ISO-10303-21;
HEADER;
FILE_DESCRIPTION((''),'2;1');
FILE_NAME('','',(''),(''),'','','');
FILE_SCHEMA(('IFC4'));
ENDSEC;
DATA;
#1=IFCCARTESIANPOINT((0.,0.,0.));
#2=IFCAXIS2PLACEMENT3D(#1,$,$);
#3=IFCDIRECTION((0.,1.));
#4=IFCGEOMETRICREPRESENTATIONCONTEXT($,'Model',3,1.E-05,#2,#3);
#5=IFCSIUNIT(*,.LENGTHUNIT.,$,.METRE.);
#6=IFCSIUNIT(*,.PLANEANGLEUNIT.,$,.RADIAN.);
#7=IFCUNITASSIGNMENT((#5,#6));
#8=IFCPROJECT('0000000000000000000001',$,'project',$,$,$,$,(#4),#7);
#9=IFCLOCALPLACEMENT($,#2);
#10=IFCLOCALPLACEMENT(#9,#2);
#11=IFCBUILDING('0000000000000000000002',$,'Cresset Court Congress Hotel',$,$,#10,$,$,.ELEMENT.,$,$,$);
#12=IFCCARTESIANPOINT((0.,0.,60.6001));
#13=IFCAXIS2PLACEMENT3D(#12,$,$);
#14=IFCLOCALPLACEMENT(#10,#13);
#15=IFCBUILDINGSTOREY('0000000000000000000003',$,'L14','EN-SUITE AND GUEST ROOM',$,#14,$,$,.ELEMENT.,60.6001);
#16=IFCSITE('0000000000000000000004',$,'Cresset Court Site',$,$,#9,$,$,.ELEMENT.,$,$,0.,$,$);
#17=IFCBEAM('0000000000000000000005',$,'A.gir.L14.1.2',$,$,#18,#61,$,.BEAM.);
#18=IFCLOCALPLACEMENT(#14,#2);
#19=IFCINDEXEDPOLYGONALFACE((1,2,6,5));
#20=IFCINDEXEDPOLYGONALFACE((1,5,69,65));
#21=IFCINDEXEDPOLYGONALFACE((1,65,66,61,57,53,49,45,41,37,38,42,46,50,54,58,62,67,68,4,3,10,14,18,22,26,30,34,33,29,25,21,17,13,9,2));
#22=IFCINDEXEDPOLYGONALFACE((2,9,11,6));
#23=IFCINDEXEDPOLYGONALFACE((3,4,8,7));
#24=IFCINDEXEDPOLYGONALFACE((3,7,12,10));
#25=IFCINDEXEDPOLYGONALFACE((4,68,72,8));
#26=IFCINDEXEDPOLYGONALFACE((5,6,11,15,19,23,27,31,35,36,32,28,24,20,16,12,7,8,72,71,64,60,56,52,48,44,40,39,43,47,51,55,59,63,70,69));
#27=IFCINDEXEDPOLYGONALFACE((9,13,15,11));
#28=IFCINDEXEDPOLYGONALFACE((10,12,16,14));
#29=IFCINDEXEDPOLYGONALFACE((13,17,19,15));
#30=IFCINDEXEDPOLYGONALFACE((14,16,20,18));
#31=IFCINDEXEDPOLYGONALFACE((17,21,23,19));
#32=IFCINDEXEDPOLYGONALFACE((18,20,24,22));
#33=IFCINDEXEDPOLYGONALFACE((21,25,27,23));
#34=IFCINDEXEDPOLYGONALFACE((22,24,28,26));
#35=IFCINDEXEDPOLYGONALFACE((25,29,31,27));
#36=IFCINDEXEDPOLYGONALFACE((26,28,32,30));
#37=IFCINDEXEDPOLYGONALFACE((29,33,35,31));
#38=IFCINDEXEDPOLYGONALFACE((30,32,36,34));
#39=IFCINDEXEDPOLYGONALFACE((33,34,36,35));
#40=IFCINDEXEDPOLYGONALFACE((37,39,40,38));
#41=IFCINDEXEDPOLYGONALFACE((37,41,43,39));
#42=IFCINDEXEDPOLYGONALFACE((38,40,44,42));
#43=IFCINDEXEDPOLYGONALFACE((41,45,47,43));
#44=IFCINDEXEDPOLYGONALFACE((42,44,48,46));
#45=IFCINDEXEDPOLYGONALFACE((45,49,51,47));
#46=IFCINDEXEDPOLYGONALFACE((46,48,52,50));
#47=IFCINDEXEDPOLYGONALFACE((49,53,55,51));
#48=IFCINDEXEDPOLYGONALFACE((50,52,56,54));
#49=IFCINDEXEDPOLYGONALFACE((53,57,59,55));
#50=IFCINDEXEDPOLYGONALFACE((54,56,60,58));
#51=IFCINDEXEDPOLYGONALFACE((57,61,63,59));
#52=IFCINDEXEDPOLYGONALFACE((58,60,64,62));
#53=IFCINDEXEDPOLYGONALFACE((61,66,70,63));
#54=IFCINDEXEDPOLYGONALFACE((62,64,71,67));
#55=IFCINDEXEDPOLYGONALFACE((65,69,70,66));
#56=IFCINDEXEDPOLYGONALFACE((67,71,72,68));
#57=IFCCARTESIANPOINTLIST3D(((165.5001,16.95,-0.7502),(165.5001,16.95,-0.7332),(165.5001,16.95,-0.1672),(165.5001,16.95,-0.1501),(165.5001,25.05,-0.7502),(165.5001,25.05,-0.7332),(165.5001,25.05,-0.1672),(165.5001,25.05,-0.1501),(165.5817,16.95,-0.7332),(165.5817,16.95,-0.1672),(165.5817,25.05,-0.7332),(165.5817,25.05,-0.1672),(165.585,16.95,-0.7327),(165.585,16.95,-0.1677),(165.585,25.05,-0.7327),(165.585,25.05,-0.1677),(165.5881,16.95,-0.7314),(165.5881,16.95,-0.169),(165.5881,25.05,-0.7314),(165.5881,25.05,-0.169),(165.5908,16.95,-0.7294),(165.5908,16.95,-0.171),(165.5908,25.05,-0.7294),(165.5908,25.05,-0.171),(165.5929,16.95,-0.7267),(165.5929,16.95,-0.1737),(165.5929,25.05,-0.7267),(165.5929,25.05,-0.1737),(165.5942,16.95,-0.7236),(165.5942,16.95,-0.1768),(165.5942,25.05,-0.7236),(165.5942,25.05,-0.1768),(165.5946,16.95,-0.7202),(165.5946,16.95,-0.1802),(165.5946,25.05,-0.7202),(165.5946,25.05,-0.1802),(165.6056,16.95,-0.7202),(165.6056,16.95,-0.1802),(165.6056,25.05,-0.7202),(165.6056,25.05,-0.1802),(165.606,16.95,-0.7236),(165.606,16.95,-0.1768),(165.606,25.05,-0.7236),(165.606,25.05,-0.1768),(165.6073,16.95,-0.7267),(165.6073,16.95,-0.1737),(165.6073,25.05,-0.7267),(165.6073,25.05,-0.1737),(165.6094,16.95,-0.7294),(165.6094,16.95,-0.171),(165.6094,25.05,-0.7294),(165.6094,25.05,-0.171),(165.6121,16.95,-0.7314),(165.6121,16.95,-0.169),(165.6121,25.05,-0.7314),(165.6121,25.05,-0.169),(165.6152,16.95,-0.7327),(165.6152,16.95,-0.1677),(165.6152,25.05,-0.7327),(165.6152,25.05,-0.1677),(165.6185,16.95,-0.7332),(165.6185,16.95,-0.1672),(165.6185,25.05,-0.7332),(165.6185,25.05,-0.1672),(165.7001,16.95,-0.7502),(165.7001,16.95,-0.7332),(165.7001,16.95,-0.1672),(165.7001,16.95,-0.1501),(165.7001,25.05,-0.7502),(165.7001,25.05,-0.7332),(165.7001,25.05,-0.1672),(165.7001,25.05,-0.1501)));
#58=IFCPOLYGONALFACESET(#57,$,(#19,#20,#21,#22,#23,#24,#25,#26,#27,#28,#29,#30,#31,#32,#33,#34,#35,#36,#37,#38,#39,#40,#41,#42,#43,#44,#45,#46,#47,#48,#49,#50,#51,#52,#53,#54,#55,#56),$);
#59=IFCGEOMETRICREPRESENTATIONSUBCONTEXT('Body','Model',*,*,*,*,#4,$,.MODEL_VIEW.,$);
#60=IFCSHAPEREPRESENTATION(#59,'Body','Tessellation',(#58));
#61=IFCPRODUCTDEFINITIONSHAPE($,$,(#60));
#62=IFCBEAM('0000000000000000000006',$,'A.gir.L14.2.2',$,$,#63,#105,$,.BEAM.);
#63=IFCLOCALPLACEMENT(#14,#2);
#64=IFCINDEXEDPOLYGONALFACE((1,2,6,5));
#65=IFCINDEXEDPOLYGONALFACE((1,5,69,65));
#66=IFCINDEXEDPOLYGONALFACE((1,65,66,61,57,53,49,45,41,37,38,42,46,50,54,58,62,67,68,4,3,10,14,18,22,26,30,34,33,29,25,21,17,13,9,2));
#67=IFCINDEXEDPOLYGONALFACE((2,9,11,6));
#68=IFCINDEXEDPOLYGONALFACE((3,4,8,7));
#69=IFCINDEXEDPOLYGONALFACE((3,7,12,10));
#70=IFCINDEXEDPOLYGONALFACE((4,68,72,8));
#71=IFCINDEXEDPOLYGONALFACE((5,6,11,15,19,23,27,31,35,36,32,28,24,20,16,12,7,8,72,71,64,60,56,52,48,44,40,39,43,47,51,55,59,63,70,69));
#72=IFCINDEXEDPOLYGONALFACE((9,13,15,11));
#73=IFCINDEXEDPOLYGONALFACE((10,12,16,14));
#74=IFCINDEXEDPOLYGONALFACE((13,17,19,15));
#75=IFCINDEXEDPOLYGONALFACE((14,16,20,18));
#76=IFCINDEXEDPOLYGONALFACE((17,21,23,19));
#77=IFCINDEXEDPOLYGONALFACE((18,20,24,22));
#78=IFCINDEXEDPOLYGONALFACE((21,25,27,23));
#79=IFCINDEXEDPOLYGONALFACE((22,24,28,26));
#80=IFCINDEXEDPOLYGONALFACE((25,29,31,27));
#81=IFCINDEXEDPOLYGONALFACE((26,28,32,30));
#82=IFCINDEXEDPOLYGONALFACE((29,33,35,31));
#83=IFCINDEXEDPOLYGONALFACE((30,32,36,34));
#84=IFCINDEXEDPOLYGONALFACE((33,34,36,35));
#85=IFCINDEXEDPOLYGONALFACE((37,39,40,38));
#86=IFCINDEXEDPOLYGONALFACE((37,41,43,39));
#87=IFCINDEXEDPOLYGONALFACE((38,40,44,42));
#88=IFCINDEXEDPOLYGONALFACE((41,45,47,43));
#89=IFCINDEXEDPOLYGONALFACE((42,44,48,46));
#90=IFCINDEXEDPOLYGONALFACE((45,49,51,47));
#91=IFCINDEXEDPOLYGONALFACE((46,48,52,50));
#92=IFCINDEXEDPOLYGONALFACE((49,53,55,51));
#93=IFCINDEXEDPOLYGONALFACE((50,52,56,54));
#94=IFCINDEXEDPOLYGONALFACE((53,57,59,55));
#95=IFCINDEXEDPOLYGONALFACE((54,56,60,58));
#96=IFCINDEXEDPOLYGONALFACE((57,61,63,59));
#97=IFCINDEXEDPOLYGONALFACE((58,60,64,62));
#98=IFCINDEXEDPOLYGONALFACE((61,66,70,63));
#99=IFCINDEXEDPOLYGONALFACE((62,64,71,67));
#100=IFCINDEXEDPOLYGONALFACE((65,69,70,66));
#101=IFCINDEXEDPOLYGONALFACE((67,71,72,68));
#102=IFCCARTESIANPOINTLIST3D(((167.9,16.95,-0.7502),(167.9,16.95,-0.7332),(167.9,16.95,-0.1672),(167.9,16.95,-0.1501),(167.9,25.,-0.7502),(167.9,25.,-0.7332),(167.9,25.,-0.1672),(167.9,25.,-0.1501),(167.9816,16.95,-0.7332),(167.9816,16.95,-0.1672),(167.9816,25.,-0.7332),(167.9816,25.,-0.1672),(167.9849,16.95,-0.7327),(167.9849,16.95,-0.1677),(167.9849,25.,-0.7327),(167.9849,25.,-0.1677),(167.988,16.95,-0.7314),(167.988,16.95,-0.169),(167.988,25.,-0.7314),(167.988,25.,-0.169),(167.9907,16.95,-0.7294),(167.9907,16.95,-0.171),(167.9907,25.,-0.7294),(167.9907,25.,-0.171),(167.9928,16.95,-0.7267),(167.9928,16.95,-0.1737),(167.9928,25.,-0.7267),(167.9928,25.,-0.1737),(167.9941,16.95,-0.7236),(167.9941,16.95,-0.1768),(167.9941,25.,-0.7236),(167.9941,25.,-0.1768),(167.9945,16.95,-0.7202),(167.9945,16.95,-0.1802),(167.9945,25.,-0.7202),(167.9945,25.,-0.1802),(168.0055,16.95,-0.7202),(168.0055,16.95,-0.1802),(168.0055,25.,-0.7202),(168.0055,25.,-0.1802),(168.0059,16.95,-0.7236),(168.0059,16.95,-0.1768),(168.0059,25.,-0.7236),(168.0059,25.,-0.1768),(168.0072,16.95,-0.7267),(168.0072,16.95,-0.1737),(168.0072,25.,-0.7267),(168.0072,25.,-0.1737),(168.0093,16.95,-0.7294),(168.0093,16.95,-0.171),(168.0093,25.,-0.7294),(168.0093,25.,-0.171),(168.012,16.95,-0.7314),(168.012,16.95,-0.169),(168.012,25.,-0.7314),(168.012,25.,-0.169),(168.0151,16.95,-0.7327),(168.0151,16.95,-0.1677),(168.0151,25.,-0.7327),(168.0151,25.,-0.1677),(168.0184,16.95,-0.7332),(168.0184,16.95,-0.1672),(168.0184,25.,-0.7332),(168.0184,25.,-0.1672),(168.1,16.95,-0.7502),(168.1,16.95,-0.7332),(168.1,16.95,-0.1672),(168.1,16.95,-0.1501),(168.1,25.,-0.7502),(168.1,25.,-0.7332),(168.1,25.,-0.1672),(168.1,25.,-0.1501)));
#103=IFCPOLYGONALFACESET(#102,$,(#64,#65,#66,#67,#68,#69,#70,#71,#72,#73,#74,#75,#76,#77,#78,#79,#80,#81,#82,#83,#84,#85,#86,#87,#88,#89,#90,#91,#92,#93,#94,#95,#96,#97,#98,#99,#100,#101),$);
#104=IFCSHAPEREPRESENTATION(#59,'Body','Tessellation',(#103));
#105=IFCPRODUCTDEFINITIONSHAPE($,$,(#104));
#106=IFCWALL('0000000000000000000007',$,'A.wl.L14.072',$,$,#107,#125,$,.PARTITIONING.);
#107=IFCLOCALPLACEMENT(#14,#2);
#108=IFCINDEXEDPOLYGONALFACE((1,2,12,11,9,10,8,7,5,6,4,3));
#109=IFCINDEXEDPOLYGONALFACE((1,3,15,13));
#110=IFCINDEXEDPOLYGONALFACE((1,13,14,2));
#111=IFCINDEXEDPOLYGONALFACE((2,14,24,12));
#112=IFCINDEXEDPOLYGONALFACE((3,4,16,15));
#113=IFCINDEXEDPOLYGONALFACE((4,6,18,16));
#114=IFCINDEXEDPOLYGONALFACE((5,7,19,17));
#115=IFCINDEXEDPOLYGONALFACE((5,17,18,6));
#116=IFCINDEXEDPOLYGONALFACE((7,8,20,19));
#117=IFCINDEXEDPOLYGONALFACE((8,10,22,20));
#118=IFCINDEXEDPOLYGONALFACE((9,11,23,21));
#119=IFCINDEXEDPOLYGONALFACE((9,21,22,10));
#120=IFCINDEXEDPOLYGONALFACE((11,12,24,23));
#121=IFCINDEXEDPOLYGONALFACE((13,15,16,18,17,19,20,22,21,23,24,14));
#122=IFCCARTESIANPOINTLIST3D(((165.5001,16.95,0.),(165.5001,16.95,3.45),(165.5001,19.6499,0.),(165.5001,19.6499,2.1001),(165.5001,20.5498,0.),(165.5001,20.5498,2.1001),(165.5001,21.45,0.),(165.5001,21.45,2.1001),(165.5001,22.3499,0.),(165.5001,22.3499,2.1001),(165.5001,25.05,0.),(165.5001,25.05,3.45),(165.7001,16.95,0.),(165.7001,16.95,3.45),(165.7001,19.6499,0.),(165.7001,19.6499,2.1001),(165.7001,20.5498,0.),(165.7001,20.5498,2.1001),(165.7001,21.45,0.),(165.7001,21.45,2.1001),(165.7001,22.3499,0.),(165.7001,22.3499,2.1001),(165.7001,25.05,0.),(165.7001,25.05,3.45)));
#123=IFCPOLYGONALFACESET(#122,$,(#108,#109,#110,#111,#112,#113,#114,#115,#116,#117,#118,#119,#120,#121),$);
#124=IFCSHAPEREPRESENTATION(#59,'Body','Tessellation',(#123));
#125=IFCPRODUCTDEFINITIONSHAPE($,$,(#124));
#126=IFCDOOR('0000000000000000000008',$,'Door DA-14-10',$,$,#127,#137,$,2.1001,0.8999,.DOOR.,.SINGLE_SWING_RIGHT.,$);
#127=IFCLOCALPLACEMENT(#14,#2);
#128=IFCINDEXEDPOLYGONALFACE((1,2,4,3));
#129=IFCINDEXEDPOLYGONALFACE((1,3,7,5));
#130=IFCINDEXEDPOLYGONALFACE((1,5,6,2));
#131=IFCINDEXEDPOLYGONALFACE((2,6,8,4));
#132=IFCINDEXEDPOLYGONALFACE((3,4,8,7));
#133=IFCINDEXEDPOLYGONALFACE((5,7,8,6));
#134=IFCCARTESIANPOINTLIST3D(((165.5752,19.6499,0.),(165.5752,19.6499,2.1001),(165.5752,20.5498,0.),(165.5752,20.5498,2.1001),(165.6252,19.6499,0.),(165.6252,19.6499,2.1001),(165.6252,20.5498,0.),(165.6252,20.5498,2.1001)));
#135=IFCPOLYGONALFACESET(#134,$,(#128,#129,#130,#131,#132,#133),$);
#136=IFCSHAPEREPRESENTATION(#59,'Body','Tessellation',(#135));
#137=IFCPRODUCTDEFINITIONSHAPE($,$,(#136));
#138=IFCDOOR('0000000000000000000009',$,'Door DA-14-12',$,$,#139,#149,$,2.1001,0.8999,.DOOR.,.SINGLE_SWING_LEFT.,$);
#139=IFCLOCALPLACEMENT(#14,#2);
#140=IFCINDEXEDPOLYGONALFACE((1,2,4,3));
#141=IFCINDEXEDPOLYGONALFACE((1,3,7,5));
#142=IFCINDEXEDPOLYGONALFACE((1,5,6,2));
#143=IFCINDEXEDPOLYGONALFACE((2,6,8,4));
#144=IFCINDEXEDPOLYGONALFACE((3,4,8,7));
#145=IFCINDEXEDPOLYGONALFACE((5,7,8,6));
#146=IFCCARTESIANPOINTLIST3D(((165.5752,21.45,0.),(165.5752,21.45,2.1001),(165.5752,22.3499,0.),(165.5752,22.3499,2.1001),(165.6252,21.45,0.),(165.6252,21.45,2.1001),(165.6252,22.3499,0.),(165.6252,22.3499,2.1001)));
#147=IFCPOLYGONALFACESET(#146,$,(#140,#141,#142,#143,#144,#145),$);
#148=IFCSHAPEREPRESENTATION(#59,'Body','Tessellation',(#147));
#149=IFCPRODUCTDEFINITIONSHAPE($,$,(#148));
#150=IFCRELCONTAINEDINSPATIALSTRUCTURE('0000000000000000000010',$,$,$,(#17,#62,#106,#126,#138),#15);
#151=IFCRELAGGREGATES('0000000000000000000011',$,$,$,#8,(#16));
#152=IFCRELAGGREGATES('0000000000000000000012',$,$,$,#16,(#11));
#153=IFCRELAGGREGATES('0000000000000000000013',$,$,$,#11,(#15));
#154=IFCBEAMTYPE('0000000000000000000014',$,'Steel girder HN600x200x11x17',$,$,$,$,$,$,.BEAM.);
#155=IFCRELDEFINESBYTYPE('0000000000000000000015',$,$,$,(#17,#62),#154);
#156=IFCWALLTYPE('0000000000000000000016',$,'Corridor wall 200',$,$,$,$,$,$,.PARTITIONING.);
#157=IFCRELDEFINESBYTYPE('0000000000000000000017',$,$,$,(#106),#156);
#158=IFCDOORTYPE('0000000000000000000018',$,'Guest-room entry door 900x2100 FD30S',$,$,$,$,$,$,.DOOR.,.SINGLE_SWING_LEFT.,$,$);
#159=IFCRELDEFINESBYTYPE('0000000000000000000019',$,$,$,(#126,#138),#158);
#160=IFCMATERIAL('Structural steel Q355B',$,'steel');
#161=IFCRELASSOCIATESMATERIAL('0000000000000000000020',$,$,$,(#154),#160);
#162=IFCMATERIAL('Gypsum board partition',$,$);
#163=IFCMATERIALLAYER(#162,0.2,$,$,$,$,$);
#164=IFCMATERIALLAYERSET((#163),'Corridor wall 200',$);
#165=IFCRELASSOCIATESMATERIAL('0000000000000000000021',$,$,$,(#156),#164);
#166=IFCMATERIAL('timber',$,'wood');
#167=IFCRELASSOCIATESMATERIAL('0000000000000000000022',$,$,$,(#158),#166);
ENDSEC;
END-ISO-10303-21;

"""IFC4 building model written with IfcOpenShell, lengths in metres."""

from ifc_helpers import new_model, si_unit, direction, frame, frame_2d, origin, origin_2d, place, context, subcontext, project, spatial, rectangle, i_section, extrude, material, layer, layer_set, material_profile, profile_set, type_object, element, fill, save


model = new_model("IFC4")

# Units and contexts
model_context = context("Model", 3, precision=1e-05, world=origin(), true_north=direction((0.0, 1.0)))
body_context = subcontext(model_context, "Body", "Model", "MODEL_VIEW")
ifc_project = project(units=[si_unit("LENGTHUNIT", "METRE"), si_unit("PLANEANGLEUNIT", "RADIAN")], contexts=[model_context])

# Site, building, storey
site_placement = place(None, origin())
site = spatial("IfcSite", under=ifc_project, at=site_placement, Name="Cresset Court Site", CompositionType="ELEMENT", RefElevation=0.0)
building_placement = place(site_placement, origin())
building = spatial("IfcBuilding", under=site, at=building_placement, Name="Cresset Court Congress Hotel", CompositionType="ELEMENT")
storey_placement = place(building_placement, frame((0.0, 0.0, 60.6001)))
storey = spatial("IfcBuildingStorey", under=building, at=storey_placement, Name="L14", Description="EN-SUITE AND GUEST ROOM", CompositionType="ELEMENT", Elevation=60.6001)

# Beams
ifc_material_1 = material(Name="Structural steel Q355B", Category="steel")
ifc_material_profile_1 = material_profile(ifc_material_1, i_section(OverallWidth=0.2, OverallDepth=0.6001, WebThickness=0.011, FlangeThickness=0.0171, FilletRadius=0.0129, at=origin_2d()), Name="HN600x200x11x17")
ifc_profile_set_1 = profile_set([ifc_material_profile_1], Name="Structural steel Q355B")
beam_type_1 = type_object("IfcBeamType", Name="Steel girder HN600x200x11x17", PredefinedType="BEAM", material=ifc_profile_set_1)
beam_1_placement = place(storey_placement, frame((165.6001, 16.95, -0.4502), z_axis=(0.0, 1.0, 0.0), x_axis=(-1.0, 0.0, 0.0)))
element("IfcBeam", 1, at=beam_1_placement, inside=storey, type_object=beam_type_1, Name="A.gir.L14.1.2", PredefinedType="BEAM", context=body_context, shape_type="SweptSolid", body=[
    extrude(i_section(OverallWidth=0.2, OverallDepth=0.6001, WebThickness=0.011, FlangeThickness=0.0171, FilletRadius=0.0129, at=origin_2d()), origin(), (0.0, 0.0, 1.0), 8.1001),
])
beam_2_placement = place(storey_placement, frame((168.0, 16.95, -0.4502), z_axis=(0.0, 1.0, 0.0), x_axis=(-1.0, 0.0, 0.0)))
element("IfcBeam", 2, at=beam_2_placement, inside=storey, type_object=beam_type_1, Name="A.gir.L14.2.2", PredefinedType="BEAM", context=body_context, shape_type="SweptSolid", body=[
    extrude(i_section(OverallWidth=0.2, OverallDepth=0.6001, WebThickness=0.011, FlangeThickness=0.0171, FilletRadius=0.0129, at=origin_2d()), origin(), (0.0, 0.0, 1.0), 8.05),
])

# Wall, openings, doors
ifc_material_2 = material(Name="Gypsum board partition")
ifc_layer_1 = layer(ifc_material_2, 0.2)
ifc_layer_set_1 = layer_set([ifc_layer_1], Name="Corridor wall 200")
wall_type_1 = type_object("IfcWallType", Name="Corridor wall 200", PredefinedType="PARTITIONING", material=ifc_layer_set_1)
wall_1_placement = place(storey_placement, frame((165.6001, 16.95, 0.0), z_axis=(0.0, 0.0, 1.0), x_axis=(0.0, 1.0, 0.0)))
wall_1 = element("IfcWall", 3, at=wall_1_placement, inside=storey, type_object=wall_type_1, Name="A.wl.L14.072", PredefinedType="PARTITIONING", context=body_context, shape_type="SweptSolid", body=[
    extrude(rectangle(XDim=8.1001, YDim=0.2, at=frame_2d((4.05, 0.0))), origin(), (0.0, 0.0, 1.0), 3.45),
])
opening_1_placement = place(wall_1_placement, frame((2.7, 0.0, 0.0)))
opening_1 = element("IfcOpeningElement", 4, at=opening_1_placement, cuts=wall_1, PredefinedType="OPENING", context=body_context, shape_type="SweptSolid", body=[
    extrude(rectangle(XDim=0.8999, YDim=2.1001, at=frame_2d((0.45, 1.05))), frame((0.0, 0.1099, 0.0), z_axis=(0.0, -1.0, 0.0), x_axis=(1.0, 0.0, 0.0)), (0.0, 0.0, 1.0), 0.22),
])
opening_2_placement = place(wall_1_placement, frame((4.5, 0.0, 0.0)))
opening_2 = element("IfcOpeningElement", 5, at=opening_2_placement, cuts=wall_1, PredefinedType="OPENING", context=body_context, shape_type="SweptSolid", body=[
    extrude(rectangle(XDim=0.8999, YDim=2.1001, at=frame_2d((0.45, 1.05))), frame((0.0, 0.1099, 0.0), z_axis=(0.0, -1.0, 0.0), x_axis=(1.0, 0.0, 0.0)), (0.0, 0.0, 1.0), 0.22),
])
ifc_material_3 = material(Name="timber", Category="wood")
door_type = type_object("IfcDoorType", Name="Guest-room entry door 900x2100 FD30S", OperationType="SINGLE_SWING_LEFT", PredefinedType="DOOR", material=ifc_material_3)
door_1_placement = place(opening_1_placement, origin())
door_1 = element("IfcDoor", 6, at=door_1_placement, inside=storey, type_object=door_type, Name="Door DA-14-10", OperationType="SINGLE_SWING_RIGHT", OverallHeight=2.1001, OverallWidth=0.8999, PredefinedType="DOOR", context=body_context, shape_type="SweptSolid", body=[
    extrude(rectangle(XDim=0.8999, YDim=2.1001, at=frame_2d((0.45, 1.05))), frame((0.0, 0.0249, 0.0), z_axis=(0.0, -1.0, 0.0), x_axis=(1.0, 0.0, 0.0)), (0.0, 0.0, 1.0), 0.05),
])
fill(opening_1, door_1)
door_2_placement = place(opening_2_placement, origin())
door_2 = element("IfcDoor", 7, at=door_2_placement, inside=storey, type_object=door_type, Name="Door DA-14-12", OperationType="SINGLE_SWING_LEFT", OverallHeight=2.1001, OverallWidth=0.8999, PredefinedType="DOOR", context=body_context, shape_type="SweptSolid", body=[
    extrude(rectangle(XDim=0.8999, YDim=2.1001, at=frame_2d((0.45, 1.05))), frame((0.0, 0.0249, 0.0), z_axis=(0.0, -1.0, 0.0), x_axis=(1.0, 0.0, 0.0)), (0.0, 0.0, 1.0), 0.05),
])
fill(opening_2, door_2)

save(model, "model.ifc")
